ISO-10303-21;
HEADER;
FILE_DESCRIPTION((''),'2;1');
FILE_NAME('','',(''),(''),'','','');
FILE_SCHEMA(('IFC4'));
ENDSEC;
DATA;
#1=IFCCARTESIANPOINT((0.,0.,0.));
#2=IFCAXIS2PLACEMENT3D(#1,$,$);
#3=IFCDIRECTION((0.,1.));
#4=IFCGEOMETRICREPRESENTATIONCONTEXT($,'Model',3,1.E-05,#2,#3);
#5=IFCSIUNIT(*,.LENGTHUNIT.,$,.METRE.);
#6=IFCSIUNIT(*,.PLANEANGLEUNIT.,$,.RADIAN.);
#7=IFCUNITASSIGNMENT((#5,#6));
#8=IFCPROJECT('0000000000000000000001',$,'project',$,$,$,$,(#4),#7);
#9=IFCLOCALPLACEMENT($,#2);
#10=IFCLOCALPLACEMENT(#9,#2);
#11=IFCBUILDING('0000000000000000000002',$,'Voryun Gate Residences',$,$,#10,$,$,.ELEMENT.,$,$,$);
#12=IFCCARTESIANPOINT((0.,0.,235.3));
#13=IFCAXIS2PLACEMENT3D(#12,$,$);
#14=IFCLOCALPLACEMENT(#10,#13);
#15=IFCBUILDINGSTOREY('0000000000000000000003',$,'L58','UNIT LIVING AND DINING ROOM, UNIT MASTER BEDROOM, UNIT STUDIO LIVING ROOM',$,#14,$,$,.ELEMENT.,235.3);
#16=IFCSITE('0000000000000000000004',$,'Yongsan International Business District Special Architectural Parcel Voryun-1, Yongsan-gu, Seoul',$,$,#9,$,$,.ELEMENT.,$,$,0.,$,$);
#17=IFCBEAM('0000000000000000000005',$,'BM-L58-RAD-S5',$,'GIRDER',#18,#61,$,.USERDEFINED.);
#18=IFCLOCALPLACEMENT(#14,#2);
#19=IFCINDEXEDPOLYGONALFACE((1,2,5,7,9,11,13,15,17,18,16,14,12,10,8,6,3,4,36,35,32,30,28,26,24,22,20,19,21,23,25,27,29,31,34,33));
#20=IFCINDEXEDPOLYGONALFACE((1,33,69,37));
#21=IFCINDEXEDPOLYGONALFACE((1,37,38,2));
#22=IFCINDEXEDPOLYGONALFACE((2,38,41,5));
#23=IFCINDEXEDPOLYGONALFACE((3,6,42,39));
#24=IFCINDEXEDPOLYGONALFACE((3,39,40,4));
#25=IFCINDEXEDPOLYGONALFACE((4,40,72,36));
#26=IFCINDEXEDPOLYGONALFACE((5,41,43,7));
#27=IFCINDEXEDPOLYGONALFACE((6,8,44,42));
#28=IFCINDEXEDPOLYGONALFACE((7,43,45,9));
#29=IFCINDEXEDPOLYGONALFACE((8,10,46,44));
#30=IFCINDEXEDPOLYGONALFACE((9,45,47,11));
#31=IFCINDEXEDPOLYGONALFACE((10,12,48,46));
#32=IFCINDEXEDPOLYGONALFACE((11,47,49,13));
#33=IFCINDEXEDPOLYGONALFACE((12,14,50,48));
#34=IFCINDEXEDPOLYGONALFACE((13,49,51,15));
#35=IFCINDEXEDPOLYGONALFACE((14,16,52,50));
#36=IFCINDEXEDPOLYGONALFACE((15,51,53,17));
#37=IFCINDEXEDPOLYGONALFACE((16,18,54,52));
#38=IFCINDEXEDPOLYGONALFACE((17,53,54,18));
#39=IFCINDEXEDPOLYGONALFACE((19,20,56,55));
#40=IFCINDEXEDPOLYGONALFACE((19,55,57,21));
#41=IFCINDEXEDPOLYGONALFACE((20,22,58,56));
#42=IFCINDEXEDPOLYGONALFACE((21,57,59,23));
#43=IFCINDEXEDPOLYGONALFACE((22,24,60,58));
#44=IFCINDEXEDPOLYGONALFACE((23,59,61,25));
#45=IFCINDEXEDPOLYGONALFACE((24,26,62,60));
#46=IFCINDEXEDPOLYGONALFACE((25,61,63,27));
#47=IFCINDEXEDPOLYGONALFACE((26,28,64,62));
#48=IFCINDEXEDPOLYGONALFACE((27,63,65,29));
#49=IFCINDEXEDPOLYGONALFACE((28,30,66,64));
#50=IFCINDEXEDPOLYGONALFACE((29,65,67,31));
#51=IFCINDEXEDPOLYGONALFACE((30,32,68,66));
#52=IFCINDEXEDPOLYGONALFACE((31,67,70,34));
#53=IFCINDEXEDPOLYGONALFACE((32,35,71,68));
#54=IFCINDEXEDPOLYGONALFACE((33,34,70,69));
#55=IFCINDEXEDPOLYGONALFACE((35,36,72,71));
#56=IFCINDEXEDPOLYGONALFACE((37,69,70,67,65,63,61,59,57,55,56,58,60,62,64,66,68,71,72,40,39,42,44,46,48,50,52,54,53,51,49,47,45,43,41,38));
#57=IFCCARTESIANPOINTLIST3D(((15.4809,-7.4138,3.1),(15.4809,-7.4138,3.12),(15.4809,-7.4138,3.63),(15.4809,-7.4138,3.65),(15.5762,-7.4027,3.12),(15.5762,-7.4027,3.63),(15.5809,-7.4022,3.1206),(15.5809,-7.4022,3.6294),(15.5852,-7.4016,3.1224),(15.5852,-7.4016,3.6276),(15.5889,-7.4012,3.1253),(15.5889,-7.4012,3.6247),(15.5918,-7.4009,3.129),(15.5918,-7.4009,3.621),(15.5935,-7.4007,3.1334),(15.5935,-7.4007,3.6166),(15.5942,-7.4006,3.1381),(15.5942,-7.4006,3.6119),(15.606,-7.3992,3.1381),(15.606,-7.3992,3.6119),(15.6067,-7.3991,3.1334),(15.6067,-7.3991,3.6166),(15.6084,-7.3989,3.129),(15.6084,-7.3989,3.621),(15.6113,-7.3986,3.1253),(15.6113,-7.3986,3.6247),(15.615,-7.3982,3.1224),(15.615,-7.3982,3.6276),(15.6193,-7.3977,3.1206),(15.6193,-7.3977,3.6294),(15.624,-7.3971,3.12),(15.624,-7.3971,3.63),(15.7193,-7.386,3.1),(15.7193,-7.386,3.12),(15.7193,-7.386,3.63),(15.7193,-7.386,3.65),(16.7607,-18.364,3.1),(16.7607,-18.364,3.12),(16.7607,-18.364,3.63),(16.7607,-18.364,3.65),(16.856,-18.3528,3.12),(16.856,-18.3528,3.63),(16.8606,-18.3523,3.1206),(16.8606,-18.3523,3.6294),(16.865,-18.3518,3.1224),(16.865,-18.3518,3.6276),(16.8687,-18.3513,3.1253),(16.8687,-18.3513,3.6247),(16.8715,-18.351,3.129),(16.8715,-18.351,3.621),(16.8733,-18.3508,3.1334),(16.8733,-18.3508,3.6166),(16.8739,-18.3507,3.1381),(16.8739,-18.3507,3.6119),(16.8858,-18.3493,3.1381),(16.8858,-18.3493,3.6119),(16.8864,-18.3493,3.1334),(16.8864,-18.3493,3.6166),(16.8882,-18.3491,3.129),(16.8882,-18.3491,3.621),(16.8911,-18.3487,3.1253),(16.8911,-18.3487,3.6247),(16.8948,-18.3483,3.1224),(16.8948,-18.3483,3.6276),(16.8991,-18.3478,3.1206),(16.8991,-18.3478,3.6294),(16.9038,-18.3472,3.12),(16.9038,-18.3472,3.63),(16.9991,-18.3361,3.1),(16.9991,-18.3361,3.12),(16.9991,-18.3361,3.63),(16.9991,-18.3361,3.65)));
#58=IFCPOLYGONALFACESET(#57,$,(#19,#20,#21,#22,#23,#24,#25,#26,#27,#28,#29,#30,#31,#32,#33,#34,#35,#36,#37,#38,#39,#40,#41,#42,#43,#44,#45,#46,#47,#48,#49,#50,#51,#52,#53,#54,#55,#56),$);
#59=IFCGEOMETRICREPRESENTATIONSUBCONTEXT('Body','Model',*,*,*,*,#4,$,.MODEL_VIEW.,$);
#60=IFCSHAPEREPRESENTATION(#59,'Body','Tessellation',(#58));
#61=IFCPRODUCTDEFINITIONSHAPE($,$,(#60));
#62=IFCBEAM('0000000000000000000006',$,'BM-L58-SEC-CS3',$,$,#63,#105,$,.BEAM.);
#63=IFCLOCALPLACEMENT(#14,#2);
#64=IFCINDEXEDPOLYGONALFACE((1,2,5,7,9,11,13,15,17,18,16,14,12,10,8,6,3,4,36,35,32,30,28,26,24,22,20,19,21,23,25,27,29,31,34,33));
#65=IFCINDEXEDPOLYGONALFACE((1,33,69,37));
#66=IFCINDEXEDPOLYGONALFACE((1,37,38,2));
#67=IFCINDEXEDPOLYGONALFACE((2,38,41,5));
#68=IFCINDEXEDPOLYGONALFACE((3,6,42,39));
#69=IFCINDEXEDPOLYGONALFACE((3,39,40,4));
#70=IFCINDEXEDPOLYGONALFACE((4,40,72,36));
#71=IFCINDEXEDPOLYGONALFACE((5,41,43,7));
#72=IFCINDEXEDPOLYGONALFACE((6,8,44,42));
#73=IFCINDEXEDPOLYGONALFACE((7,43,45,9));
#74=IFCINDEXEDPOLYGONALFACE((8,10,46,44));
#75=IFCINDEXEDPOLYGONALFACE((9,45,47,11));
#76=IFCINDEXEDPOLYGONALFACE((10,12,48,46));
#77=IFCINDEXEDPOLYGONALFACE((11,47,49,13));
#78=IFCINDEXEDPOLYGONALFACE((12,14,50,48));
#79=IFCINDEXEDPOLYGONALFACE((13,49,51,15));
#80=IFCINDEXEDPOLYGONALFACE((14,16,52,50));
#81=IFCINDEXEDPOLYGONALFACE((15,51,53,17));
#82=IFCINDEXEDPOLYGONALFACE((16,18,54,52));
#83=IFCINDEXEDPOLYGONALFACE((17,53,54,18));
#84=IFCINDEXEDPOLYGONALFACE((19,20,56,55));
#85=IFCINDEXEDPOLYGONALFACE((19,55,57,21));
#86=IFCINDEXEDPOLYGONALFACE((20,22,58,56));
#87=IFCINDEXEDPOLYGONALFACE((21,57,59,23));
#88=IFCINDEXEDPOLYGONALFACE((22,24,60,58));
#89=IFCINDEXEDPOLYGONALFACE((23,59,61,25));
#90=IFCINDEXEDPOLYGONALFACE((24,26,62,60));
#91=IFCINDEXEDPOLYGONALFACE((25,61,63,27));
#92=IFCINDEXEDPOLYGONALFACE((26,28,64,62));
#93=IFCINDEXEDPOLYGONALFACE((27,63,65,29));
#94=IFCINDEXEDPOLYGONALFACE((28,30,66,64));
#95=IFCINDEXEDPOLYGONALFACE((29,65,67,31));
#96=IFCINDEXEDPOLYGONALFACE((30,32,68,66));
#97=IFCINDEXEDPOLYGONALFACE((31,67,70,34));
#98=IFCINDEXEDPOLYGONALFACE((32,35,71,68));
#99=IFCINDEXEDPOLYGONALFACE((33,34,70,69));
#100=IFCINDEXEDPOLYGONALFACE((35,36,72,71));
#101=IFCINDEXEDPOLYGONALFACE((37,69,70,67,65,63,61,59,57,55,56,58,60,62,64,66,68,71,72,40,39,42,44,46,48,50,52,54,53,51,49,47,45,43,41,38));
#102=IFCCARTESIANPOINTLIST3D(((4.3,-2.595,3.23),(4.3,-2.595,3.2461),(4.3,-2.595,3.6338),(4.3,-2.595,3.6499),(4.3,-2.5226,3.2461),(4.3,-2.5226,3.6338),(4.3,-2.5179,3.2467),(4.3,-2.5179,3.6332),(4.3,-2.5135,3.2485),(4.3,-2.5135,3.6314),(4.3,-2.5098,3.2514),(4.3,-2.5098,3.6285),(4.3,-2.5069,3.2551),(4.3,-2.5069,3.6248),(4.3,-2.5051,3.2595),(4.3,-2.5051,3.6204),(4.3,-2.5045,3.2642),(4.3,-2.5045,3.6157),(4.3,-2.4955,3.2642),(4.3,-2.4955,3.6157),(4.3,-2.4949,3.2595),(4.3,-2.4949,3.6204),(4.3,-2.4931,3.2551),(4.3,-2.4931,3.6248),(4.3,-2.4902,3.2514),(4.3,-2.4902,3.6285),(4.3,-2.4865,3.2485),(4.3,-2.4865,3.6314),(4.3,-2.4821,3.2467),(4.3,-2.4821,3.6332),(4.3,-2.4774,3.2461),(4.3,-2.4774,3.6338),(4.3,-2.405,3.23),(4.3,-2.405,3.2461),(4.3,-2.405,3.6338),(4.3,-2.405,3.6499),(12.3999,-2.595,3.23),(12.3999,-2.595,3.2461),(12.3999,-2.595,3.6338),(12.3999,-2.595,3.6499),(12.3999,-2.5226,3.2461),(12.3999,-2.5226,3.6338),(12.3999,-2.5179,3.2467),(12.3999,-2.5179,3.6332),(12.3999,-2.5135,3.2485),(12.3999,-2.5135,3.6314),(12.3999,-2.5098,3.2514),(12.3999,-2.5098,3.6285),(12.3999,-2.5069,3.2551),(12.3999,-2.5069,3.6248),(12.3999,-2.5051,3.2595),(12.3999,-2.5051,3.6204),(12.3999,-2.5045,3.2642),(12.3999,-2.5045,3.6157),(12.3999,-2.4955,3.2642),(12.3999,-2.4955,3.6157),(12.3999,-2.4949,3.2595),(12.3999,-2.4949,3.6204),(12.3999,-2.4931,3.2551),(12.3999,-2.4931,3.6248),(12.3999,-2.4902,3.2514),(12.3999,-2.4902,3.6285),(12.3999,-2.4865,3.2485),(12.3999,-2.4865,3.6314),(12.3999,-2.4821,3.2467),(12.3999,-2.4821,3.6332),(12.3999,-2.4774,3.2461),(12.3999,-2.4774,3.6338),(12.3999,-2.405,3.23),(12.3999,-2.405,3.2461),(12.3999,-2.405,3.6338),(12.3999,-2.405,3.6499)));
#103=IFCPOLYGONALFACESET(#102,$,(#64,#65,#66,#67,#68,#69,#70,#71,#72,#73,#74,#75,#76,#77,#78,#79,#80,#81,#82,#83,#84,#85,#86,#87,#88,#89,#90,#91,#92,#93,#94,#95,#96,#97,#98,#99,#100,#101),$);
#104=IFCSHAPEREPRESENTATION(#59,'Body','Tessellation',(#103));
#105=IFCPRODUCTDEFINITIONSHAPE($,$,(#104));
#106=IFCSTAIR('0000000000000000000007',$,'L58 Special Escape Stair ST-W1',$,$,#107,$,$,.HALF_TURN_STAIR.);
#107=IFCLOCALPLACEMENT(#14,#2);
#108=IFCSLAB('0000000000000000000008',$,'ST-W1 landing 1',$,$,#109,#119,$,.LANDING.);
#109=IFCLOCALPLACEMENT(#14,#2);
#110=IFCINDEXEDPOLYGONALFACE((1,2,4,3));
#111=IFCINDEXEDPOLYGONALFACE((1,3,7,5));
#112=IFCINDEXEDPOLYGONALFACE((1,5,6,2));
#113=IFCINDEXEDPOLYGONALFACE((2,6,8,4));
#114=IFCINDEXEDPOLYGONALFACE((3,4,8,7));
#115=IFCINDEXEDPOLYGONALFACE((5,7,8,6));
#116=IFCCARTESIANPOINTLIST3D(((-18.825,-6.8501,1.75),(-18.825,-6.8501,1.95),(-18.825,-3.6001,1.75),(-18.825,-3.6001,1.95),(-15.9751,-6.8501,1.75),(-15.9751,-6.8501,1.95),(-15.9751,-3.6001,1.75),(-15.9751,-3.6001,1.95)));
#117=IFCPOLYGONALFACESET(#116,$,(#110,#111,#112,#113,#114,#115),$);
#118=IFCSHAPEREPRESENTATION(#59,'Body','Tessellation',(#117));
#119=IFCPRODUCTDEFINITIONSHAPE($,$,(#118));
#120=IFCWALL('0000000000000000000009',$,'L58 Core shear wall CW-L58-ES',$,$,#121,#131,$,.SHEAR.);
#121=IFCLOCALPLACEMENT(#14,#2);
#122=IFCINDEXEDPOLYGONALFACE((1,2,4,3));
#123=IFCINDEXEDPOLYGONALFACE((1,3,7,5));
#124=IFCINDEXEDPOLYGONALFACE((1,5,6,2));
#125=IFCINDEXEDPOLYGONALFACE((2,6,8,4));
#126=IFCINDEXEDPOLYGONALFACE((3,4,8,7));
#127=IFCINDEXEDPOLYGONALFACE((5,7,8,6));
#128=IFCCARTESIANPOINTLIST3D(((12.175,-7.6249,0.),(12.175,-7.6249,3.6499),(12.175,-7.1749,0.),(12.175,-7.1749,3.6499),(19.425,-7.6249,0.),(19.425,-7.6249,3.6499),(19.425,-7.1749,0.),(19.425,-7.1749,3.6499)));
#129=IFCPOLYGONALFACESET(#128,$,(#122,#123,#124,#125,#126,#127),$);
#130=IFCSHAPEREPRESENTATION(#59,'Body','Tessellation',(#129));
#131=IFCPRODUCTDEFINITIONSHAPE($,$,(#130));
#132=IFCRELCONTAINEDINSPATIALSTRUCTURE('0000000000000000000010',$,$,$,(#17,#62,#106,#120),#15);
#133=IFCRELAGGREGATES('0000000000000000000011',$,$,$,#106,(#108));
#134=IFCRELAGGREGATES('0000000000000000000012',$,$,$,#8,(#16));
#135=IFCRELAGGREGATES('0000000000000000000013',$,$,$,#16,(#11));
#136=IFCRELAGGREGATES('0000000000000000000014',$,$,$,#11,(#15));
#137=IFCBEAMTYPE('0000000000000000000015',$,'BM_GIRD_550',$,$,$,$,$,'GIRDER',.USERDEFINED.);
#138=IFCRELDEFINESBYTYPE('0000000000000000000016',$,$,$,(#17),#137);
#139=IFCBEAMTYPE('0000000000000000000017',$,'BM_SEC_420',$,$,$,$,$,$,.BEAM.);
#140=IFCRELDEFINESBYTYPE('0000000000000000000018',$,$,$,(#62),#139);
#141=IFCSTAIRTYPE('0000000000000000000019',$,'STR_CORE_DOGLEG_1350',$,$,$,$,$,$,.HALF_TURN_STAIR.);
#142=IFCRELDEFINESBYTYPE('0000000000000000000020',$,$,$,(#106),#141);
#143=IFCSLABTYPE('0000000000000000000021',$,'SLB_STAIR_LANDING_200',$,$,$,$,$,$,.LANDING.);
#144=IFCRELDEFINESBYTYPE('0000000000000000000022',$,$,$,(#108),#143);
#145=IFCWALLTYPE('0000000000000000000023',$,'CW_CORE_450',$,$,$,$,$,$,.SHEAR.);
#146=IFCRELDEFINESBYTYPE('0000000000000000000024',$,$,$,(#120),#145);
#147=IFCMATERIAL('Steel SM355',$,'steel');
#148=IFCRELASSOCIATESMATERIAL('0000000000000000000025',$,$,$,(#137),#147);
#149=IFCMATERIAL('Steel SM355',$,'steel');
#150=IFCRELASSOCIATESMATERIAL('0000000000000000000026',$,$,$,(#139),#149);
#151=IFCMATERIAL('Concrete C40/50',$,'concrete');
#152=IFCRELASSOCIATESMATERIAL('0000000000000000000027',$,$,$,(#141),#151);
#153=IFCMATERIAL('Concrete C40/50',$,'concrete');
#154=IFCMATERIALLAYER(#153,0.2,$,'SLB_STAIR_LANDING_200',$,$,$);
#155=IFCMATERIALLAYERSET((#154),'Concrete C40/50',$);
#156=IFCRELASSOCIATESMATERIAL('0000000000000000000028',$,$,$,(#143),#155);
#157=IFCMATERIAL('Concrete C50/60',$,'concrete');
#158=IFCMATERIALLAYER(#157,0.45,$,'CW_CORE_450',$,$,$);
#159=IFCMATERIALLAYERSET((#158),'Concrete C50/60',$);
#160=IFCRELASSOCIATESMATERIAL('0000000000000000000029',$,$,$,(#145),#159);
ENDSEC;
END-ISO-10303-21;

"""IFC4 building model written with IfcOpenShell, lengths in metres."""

from ifc_helpers import new_model, si_unit, direction, frame, frame_2d, origin, origin_2d, place, context, subcontext, project, spatial, polyline, rectangle, i_section, outline, extrude, material, layer, layer_set, material_profile, profile_set, type_object, element, aggregate, save


model = new_model("IFC4")

# Units and contexts
model_context = context("Model", 3, precision=1e-05, world=origin(), true_north=direction((0.0, 1.0)))
body_context = subcontext(model_context, "Body", "Model", "MODEL_VIEW")
ifc_project = project(units=[si_unit("LENGTHUNIT", "METRE"), si_unit("PLANEANGLEUNIT", "RADIAN")], contexts=[model_context])

# Site, building, storey
site_placement = place(None, origin())
site = spatial("IfcSite", under=ifc_project, at=site_placement, Name="Yongsan International Business District Special Architectural Parcel Voryun-1, Yongsan-gu, Seoul", CompositionType="ELEMENT", RefElevation=0.0)
building_placement = place(site_placement, origin())
building = spatial("IfcBuilding", under=site, at=building_placement, Name="Voryun Gate Residences", CompositionType="ELEMENT")
storey_placement = place(building_placement, frame((0.0, 0.0, 235.3)))
storey = spatial("IfcBuildingStorey", under=building, at=storey_placement, Name="L58", Description="UNIT LIVING AND DINING ROOM, UNIT MASTER BEDROOM, UNIT STUDIO LIVING ROOM", CompositionType="ELEMENT", Elevation=235.3)

# Beams
ifc_material_1 = material(Name="Steel SM355", Category="steel")
ifc_material_profile_1 = material_profile(ifc_material_1, i_section(OverallWidth=0.24, OverallDepth=0.55, WebThickness=0.012, FlangeThickness=0.02, FilletRadius=0.0181, at=origin_2d()), Name="H-550x240x12x20")
ifc_profile_set_1 = profile_set([ifc_material_profile_1], Name="Steel SM355")
beam_type_1 = type_object("IfcBeamType", Name="BM_GIRD_550", ElementType="GIRDER", PredefinedType="USERDEFINED", material=ifc_profile_set_1)
beam_1_placement = place(storey_placement, frame((15.6001, -7.3999, 3.375), z_axis=(0.116083, -0.993239, 0.0), x_axis=(0.993239, 0.116083, 0.0)))
element("IfcBeam", 1, at=beam_1_placement, inside=storey, type_object=beam_type_1, Name="BM-L58-RAD-S5", ObjectType="GIRDER", PredefinedType="USERDEFINED", context=body_context, shape_type="SweptSolid", body=[
    extrude(i_section(OverallWidth=0.24, OverallDepth=0.55, WebThickness=0.012, FlangeThickness=0.02, FilletRadius=0.0181, at=origin_2d()), origin(), (0.0, 0.0, 1.0), 11.0247),
])
ifc_material_2 = material(Name="Steel SM355", Category="steel")
ifc_material_profile_2 = material_profile(ifc_material_2, i_section(OverallWidth=0.1899, OverallDepth=0.4199, WebThickness=0.009, FlangeThickness=0.0161, FilletRadius=0.0181, at=origin_2d()), Name="H-420x190x9x16")
ifc_profile_set_2 = profile_set([ifc_material_profile_2], Name="Steel SM355")
beam_type_2 = type_object("IfcBeamType", Name="BM_SEC_420", PredefinedType="BEAM", material=ifc_profile_set_2)
beam_2_placement = place(storey_placement, frame((4.3, -2.5, 3.4399), z_axis=(1.0, 0.0, 0.0), x_axis=(0.0, 1.0, 0.0)))
element("IfcBeam", 2, at=beam_2_placement, inside=storey, type_object=beam_type_2, Name="BM-L58-SEC-CS3", PredefinedType="BEAM", context=body_context, shape_type="SweptSolid", body=[
    extrude(i_section(OverallWidth=0.1899, OverallDepth=0.4199, WebThickness=0.009, FlangeThickness=0.0161, FilletRadius=0.0181, at=origin_2d()), origin(), (0.0, 0.0, 1.0), 8.0999),
])

# Stair, slab
ifc_material_3 = material(Name="Concrete C40/50", Category="concrete")
stair_type = type_object("IfcStairType", Name="STR_CORE_DOGLEG_1350", PredefinedType="HALF_TURN_STAIR", material=ifc_material_3)
stair_placement = place(storey_placement, origin())
stair = element("IfcStair", 3, at=stair_placement, inside=storey, type_object=stair_type, Name="L58 Special Escape Stair ST-W1", PredefinedType="HALF_TURN_STAIR")
ifc_material_4 = material(Name="Concrete C40/50", Category="concrete")
ifc_layer_1 = layer(ifc_material_4, 0.2, Name="SLB_STAIR_LANDING_200")
ifc_layer_set_1 = layer_set([ifc_layer_1], Name="Concrete C40/50")
slab_type = type_object("IfcSlabType", Name="SLB_STAIR_LANDING_200", PredefinedType="LANDING", material=ifc_layer_set_1)
slab_placement = place(storey_placement, frame((0.0, 0.0, 1.75)))
slab = element("IfcSlab", 4, at=slab_placement, type_object=slab_type, Name="ST-W1 landing 1", PredefinedType="LANDING", context=body_context, shape_type="SweptSolid", body=[
    extrude(outline(polyline([(-18.825, -3.6001), (-18.825, -6.8501), (-15.9751, -6.8501), (-15.9751, -3.6001), (-18.825, -3.6001)])), origin(), (0.0, 0.0, 1.0), 0.2),
])
aggregate(stair, [slab])

# Wall
ifc_material_5 = material(Name="Concrete C50/60", Category="concrete")
ifc_layer_2 = layer(ifc_material_5, 0.45, Name="CW_CORE_450")
ifc_layer_set_2 = layer_set([ifc_layer_2], Name="Concrete C50/60")
wall_type_1 = type_object("IfcWallType", Name="CW_CORE_450", PredefinedType="SHEAR", material=ifc_layer_set_2)
wall_1_placement = place(storey_placement, frame((12.175, -7.3999, 0.0), z_axis=(0.0, 0.0, 1.0), x_axis=(1.0, 0.0, 0.0)))
element("IfcWall", 5, at=wall_1_placement, inside=storey, type_object=wall_type_1, Name="L58 Core shear wall CW-L58-ES", PredefinedType="SHEAR", context=body_context, shape_type="SweptSolid", body=[
    extrude(rectangle(XDim=7.25, YDim=0.45, at=frame_2d((3.625, 0.0))), origin(), (0.0, 0.0, 1.0), 3.6499),
])

save(model, "model.ifc")
